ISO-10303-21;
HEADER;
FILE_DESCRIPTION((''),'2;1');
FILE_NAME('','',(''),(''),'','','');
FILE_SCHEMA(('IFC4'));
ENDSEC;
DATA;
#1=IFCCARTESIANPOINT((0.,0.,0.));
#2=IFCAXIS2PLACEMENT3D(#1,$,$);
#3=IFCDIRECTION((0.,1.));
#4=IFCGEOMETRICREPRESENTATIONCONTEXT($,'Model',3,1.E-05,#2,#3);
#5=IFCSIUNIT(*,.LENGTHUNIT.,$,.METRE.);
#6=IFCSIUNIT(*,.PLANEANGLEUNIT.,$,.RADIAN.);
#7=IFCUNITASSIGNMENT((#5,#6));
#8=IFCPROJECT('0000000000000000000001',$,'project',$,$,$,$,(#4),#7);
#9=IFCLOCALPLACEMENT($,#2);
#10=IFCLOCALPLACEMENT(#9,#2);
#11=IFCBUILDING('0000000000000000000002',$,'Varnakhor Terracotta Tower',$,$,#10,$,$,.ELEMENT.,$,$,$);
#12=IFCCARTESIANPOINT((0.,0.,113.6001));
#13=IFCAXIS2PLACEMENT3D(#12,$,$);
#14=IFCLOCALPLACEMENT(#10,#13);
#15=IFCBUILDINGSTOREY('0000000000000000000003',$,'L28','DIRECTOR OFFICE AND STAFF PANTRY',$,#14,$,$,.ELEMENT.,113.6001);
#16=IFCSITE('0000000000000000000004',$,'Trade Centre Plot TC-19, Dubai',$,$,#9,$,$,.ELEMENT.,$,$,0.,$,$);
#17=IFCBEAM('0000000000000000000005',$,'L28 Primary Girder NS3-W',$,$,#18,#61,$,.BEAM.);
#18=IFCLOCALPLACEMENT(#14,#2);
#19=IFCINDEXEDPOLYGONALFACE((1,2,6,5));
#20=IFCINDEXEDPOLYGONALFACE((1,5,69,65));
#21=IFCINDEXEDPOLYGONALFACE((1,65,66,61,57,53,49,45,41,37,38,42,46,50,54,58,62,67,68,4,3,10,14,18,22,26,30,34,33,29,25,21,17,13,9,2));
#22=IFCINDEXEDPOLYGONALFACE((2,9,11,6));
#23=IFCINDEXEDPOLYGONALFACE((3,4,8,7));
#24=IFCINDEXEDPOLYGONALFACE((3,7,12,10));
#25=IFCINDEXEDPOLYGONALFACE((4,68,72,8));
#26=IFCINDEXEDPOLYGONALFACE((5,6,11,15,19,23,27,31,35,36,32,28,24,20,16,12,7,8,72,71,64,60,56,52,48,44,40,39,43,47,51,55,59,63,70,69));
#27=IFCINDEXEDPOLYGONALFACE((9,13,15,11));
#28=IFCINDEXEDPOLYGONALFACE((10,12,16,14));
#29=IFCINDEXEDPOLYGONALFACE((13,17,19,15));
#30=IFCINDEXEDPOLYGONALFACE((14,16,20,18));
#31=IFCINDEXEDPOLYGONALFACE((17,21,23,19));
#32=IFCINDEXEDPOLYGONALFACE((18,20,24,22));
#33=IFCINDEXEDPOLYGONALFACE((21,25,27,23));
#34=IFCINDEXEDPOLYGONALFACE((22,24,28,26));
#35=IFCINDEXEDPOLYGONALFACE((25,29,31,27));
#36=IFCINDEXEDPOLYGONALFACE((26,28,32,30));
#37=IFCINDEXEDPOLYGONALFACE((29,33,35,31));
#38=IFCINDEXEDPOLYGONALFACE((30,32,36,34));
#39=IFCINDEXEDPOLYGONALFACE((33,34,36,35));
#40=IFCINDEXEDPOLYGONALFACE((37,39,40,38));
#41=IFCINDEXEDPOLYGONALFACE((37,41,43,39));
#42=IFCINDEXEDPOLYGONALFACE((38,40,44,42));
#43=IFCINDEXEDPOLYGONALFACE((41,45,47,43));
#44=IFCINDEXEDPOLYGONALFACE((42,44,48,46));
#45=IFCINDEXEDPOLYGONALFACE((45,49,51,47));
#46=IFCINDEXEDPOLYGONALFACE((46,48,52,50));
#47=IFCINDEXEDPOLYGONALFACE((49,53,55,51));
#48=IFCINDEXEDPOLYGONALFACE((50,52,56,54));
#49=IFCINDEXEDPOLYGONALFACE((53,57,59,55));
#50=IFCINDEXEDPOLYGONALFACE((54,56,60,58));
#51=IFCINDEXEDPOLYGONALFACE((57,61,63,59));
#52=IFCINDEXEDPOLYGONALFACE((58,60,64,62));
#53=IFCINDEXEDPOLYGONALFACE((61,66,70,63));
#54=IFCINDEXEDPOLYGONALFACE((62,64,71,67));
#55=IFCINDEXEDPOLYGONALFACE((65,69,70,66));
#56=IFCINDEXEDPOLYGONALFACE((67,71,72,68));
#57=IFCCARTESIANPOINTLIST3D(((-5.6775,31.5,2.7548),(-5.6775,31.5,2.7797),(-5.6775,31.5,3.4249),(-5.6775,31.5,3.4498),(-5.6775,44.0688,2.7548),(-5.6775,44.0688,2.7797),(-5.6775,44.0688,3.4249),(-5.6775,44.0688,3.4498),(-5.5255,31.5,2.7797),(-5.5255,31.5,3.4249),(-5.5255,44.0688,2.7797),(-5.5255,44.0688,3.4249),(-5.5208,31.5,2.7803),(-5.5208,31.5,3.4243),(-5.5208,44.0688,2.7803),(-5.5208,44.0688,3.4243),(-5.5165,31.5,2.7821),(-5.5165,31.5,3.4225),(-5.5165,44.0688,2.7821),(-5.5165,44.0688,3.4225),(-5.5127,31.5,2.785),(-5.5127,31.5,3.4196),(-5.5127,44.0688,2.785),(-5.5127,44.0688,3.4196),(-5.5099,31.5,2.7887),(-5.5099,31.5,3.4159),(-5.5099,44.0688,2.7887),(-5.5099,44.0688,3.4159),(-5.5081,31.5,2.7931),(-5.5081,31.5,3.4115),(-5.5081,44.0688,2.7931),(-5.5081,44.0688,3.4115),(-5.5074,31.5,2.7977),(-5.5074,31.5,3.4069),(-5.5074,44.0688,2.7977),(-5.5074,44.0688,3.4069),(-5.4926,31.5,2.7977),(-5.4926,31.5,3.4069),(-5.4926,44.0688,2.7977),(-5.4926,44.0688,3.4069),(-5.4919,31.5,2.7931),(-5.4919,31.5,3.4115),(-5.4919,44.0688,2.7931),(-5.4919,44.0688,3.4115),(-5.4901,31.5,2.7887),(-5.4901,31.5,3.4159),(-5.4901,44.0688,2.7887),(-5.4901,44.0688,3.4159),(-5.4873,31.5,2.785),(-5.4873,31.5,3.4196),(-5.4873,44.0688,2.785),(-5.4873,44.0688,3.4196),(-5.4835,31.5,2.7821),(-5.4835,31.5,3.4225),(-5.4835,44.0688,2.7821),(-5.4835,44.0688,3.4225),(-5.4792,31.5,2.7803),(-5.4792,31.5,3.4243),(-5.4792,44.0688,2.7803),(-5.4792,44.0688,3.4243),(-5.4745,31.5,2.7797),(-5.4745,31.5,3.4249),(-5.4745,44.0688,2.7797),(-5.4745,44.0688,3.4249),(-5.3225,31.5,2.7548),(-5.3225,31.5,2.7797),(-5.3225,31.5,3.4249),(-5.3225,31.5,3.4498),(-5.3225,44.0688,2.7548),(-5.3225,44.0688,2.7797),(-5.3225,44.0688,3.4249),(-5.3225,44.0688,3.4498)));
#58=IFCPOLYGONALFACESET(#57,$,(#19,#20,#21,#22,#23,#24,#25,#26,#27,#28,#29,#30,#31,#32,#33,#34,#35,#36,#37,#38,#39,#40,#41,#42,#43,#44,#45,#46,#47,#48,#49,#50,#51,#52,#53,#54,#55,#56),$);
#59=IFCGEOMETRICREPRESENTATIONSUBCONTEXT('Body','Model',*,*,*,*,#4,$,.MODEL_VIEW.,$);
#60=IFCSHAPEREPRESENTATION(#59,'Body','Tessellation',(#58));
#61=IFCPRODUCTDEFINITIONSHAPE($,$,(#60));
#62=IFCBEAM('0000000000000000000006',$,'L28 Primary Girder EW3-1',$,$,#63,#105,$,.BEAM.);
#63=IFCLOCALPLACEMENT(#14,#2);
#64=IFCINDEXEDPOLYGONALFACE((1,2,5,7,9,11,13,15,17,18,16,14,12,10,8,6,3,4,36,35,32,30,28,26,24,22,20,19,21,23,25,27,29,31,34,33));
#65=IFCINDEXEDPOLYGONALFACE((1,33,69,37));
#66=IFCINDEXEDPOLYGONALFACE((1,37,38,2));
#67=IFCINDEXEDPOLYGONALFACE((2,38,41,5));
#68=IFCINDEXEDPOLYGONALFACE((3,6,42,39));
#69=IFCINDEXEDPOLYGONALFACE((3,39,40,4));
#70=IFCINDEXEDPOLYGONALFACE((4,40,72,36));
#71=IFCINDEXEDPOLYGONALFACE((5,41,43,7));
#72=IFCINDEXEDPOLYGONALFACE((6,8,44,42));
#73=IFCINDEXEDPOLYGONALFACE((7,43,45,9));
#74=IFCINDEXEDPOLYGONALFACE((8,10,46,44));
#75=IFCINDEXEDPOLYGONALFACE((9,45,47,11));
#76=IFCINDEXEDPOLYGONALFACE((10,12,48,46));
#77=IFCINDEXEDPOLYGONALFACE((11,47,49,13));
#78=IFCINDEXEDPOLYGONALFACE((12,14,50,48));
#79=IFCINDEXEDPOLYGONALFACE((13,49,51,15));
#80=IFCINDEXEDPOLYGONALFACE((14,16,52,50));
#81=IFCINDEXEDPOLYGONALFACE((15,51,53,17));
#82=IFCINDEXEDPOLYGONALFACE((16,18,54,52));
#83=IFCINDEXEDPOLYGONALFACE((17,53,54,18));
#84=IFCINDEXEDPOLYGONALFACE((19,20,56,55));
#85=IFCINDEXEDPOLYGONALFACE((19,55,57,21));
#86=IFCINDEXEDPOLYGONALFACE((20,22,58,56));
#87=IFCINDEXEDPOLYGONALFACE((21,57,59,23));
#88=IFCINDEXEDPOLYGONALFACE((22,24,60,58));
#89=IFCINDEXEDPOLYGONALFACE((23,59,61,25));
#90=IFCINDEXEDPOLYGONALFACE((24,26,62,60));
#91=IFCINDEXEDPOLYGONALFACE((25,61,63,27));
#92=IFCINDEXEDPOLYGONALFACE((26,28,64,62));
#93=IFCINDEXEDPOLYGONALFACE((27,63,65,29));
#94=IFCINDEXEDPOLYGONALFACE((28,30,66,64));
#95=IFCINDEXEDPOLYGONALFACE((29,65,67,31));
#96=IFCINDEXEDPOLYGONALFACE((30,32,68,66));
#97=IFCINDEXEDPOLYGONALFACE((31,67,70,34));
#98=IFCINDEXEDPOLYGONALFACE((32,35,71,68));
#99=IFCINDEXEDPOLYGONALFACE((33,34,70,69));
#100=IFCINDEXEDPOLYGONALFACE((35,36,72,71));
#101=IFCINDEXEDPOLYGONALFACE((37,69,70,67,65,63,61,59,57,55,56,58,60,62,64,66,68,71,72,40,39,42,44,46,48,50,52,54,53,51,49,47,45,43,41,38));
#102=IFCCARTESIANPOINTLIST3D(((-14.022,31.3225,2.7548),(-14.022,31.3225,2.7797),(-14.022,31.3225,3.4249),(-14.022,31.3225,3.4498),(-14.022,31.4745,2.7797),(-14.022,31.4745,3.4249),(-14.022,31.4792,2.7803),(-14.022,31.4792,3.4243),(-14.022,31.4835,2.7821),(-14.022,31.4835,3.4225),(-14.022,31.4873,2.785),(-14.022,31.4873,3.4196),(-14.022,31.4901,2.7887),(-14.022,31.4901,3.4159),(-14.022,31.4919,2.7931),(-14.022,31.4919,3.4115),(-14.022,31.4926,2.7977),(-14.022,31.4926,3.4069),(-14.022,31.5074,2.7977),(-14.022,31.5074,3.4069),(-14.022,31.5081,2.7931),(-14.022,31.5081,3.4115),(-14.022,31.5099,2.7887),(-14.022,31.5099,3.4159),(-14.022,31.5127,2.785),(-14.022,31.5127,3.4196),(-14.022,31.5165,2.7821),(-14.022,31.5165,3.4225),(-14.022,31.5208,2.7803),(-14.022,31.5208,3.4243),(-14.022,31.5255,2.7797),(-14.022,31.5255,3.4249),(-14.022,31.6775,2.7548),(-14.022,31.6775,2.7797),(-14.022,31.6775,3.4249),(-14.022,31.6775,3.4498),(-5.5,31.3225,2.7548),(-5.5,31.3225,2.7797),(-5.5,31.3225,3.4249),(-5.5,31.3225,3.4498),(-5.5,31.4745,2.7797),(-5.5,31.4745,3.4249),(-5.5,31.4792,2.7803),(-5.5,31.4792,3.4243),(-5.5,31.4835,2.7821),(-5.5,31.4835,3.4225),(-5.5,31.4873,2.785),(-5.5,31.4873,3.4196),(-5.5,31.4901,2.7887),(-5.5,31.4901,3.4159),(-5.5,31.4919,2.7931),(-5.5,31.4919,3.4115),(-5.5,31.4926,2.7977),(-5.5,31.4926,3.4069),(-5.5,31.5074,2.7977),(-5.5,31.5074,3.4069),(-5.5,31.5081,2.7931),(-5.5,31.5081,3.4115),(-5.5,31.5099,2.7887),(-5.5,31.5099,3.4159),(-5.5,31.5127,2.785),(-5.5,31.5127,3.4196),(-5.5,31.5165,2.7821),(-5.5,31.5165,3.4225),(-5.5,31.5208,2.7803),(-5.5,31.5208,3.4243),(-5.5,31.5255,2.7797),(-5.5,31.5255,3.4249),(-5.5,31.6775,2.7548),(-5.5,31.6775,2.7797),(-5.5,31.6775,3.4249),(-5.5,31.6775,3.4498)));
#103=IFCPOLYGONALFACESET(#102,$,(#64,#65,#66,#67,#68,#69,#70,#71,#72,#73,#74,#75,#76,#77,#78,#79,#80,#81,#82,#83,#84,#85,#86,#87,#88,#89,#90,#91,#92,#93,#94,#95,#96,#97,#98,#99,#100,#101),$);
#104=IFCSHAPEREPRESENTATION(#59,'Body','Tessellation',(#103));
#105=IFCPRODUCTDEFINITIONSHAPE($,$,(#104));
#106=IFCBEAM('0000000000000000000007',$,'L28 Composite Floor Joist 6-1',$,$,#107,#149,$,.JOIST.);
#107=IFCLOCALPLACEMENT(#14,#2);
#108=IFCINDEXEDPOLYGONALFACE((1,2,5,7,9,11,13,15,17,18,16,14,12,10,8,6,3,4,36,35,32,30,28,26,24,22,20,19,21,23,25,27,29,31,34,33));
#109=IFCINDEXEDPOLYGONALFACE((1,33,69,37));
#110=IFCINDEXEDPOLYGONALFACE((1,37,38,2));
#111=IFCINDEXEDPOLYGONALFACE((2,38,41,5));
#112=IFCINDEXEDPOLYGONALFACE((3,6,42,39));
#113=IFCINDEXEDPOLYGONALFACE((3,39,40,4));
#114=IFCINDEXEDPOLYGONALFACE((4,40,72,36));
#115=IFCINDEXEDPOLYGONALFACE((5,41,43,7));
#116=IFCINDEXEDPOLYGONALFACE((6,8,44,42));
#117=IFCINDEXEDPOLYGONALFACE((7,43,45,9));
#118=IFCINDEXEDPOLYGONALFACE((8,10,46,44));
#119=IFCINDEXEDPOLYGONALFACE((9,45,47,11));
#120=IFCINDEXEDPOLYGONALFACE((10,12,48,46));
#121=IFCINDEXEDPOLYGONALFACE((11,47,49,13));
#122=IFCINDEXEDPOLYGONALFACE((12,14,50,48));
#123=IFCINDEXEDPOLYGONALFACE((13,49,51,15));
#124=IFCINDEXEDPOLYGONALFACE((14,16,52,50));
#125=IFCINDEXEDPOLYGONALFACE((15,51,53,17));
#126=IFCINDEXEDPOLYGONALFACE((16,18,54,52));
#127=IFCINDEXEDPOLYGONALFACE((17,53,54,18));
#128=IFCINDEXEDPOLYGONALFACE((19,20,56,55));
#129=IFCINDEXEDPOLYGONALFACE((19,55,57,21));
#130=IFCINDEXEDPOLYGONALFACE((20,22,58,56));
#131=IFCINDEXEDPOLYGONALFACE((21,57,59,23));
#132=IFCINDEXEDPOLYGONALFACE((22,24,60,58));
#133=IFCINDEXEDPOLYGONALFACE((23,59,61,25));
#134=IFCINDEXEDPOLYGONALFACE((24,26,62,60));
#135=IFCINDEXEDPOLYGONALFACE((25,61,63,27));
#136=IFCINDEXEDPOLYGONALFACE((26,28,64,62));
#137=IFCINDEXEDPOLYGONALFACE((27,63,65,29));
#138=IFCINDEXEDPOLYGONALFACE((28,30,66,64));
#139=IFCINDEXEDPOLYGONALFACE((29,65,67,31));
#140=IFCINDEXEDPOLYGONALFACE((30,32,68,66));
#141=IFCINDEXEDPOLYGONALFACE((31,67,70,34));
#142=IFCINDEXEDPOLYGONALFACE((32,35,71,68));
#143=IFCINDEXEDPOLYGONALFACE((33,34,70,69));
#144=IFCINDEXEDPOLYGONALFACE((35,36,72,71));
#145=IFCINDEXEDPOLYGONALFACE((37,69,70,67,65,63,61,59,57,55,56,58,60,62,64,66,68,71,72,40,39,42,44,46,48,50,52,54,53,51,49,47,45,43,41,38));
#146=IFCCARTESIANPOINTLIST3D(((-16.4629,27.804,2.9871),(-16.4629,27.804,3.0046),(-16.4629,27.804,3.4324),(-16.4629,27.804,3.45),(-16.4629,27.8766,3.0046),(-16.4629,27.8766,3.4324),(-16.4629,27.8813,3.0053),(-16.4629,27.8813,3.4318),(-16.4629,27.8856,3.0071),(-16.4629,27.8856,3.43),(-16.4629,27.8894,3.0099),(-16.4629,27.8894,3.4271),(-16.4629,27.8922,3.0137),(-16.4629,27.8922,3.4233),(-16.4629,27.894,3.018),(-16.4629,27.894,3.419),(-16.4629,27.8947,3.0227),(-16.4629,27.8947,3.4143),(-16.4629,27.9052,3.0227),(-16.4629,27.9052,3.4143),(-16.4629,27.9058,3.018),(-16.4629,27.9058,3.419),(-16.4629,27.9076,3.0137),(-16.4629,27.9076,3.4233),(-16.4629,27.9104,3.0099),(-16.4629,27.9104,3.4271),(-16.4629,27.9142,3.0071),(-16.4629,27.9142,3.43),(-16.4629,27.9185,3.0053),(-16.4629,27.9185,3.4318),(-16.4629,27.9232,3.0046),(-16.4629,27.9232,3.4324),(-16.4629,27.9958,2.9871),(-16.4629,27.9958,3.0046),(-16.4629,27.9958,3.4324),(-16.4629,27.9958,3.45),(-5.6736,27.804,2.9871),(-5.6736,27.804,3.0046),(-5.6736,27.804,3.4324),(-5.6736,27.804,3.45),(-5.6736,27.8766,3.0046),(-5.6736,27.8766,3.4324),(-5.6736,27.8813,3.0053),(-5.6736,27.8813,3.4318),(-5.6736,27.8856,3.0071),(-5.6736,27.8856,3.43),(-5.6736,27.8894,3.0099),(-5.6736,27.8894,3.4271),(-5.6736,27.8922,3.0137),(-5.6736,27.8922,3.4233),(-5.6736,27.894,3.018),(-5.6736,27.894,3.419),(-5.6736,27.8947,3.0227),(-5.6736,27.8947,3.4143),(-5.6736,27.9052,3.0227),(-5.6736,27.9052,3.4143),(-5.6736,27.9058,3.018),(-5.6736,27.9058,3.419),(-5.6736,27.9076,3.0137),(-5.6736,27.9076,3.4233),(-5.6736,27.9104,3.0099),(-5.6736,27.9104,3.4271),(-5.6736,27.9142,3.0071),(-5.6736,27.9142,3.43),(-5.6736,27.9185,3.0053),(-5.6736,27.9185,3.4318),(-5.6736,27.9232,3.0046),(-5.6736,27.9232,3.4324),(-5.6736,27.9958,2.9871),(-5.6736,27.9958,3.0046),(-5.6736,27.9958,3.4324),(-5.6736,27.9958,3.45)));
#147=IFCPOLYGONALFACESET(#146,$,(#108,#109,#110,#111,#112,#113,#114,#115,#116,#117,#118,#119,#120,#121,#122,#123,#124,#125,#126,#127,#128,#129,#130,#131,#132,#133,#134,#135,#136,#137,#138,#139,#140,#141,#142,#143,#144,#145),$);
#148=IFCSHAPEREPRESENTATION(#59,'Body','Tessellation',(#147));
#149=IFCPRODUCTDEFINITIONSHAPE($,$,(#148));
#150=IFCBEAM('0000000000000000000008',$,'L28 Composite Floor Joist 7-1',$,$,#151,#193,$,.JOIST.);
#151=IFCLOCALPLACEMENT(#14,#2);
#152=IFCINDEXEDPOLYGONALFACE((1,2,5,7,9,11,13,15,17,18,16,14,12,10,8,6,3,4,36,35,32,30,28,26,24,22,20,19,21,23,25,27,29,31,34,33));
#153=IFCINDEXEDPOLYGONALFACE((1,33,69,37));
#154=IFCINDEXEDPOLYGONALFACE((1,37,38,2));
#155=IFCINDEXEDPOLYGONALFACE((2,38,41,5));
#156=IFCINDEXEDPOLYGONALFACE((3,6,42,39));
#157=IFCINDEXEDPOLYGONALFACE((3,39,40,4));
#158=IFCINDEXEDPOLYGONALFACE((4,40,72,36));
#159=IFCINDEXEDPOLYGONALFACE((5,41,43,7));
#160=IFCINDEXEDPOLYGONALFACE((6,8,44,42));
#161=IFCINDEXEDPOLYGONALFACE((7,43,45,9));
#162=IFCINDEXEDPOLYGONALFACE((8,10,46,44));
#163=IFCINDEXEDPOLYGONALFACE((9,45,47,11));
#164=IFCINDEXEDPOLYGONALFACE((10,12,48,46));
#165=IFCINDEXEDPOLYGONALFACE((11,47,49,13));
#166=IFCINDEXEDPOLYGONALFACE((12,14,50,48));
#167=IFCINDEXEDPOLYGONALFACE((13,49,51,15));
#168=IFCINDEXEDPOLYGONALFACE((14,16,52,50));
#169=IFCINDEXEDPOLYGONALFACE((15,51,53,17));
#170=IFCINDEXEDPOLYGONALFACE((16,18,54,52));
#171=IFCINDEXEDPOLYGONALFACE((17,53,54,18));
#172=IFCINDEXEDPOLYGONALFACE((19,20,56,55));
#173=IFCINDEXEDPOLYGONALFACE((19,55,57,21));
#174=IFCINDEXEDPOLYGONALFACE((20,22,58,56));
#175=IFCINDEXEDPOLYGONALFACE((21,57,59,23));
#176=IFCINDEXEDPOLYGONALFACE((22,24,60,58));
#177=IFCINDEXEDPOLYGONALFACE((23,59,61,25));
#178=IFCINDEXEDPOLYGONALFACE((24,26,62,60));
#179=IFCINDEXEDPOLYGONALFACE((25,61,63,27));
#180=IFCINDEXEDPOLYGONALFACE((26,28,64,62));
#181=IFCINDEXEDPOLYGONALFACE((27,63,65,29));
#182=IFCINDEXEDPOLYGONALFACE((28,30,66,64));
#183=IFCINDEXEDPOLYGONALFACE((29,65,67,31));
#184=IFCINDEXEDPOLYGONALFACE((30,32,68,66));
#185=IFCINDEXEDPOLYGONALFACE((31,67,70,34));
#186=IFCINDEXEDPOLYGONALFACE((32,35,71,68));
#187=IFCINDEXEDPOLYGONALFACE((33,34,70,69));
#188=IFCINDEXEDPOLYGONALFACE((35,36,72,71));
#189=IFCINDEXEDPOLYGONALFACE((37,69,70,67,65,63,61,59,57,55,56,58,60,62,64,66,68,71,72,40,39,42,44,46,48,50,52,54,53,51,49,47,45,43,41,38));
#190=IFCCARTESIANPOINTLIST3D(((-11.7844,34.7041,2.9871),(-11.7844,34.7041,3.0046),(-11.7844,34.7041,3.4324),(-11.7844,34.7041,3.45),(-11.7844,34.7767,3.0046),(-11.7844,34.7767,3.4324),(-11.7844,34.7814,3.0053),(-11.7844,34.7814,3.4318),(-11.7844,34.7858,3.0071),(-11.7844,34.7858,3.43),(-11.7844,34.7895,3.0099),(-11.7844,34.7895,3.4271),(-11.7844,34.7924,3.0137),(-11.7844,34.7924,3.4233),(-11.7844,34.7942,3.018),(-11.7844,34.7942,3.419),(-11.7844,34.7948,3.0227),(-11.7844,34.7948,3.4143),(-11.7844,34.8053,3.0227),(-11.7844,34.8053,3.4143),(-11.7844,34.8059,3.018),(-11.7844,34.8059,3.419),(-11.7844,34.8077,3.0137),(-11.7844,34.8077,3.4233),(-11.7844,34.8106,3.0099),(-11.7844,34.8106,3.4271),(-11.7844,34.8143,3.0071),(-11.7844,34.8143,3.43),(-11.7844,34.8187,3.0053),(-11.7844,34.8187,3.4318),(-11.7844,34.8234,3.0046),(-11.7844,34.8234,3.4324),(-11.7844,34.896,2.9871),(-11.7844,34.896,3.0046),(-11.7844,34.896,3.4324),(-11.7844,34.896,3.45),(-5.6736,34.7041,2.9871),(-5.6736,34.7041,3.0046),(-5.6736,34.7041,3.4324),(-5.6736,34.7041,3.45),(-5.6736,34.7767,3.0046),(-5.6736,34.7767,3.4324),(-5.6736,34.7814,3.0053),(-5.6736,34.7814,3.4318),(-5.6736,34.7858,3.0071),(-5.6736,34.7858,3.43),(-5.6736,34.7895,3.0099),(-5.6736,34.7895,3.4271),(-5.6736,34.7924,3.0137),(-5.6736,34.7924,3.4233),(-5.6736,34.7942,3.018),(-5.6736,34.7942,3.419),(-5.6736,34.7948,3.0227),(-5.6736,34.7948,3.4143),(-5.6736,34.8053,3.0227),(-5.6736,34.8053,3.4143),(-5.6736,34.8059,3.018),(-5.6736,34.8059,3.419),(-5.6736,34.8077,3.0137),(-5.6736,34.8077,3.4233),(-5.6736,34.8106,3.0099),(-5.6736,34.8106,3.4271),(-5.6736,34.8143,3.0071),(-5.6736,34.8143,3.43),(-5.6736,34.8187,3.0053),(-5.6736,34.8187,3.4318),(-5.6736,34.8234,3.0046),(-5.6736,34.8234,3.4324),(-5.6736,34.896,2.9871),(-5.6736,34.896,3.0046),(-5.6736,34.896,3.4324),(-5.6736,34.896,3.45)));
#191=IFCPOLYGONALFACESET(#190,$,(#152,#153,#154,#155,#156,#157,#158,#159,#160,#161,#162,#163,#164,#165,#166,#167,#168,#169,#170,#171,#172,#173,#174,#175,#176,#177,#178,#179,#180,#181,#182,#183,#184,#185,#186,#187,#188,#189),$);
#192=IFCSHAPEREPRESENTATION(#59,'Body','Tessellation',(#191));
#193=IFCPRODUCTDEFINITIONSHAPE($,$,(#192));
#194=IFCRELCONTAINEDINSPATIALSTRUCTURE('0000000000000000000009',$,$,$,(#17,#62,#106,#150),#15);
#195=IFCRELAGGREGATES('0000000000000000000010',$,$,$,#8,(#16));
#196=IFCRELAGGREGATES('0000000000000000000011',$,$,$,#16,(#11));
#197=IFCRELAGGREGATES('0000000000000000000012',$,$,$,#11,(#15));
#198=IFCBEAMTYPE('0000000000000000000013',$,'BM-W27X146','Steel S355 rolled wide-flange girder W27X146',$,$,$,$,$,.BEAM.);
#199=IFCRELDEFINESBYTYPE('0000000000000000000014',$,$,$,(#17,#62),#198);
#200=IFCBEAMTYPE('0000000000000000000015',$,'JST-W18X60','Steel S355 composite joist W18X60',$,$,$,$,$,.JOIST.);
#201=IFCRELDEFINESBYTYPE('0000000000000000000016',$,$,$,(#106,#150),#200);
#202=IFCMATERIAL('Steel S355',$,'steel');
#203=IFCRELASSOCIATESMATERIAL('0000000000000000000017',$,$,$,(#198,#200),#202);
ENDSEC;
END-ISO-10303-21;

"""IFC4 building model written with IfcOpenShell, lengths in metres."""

from ifc_helpers import new_model, si_unit, direction, frame, origin, origin_2d, place, context, subcontext, project, spatial, i_section, extrude, source, transform, mapped, material, material_profile, profile_set, type_object, element, save


model = new_model("IFC4")

# Units and contexts
model_context = context("Model", 3, precision=1e-05, world=origin(), true_north=direction((0.0, 1.0)))
body_context = subcontext(model_context, "Body", "Model", "MODEL_VIEW")
ifc_project = project(units=[si_unit("LENGTHUNIT", "METRE"), si_unit("PLANEANGLEUNIT", "RADIAN")], contexts=[model_context])

# Site, building, storey
site_placement = place(None, origin())
site = spatial("IfcSite", under=ifc_project, at=site_placement, Name="Trade Centre Plot TC-19, Dubai", CompositionType="ELEMENT", RefElevation=0.0)
building_placement = place(site_placement, origin())
building = spatial("IfcBuilding", under=site, at=building_placement, Name="Varnakhor Terracotta Tower", CompositionType="ELEMENT")
storey_placement = place(building_placement, frame((0.0, 0.0, 113.6001)))
storey = spatial("IfcBuildingStorey", under=building, at=storey_placement, Name="L28", Description="DIRECTOR OFFICE AND STAFF PANTRY", CompositionType="ELEMENT", Elevation=113.6001)

# Beams
ifc_material_1 = material(Name="Steel S355", Category="steel")
ifc_material_profile_1 = material_profile(ifc_material_1, i_section(OverallWidth=0.355, OverallDepth=0.6951, WebThickness=0.0149, FlangeThickness=0.0249, FilletRadius=0.0181, at=origin_2d()), Name="W27X146")
ifc_profile_set_1 = profile_set([ifc_material_profile_1], Name="Steel S355")
beam_type_1 = type_object("IfcBeamType", Name="BM-W27X146", Description="Steel S355 rolled wide-flange girder W27X146", PredefinedType="BEAM", material=ifc_profile_set_1)
ifc_material_profile_2 = material_profile(ifc_material_1, i_section(OverallWidth=0.1919, OverallDepth=0.4629, WebThickness=0.0105, FlangeThickness=0.0176, FilletRadius=0.0181, at=origin_2d()), Name="W18X60")
ifc_profile_set_2 = profile_set([ifc_material_profile_2], Name="Steel S355")
beam_type_2 = type_object("IfcBeamType", Name="JST-W18X60", Description="Steel S355 composite joist W18X60", PredefinedType="JOIST", material=ifc_profile_set_2)
shared_shape_1 = source(origin(), body_context, "Body", "SweptSolid", [
    extrude(i_section(OverallWidth=0.355, OverallDepth=0.6951, WebThickness=0.0149, FlangeThickness=0.0249, FilletRadius=0.0181, at=origin_2d()), origin(), (0.0, 0.0, 1.0), 12.5688),
])
beam_1_placement = place(storey_placement, frame((-5.5, 31.5, 3.1023), z_axis=(0.0, 1.0, 0.0), x_axis=(-1.0, 0.0, 0.0)))
element("IfcBeam", 1, at=beam_1_placement, inside=storey, type_object=beam_type_1, Name="L28 Primary Girder NS3-W", PredefinedType="BEAM", context=body_context, shape_type="MappedRepresentation", body=[
    mapped(shared_shape_1, transform((0.0, 0.0, 0.0), scale=1.0)),
])
shared_shape_2 = source(origin(), body_context, "Body", "SweptSolid", [
    extrude(i_section(OverallWidth=0.355, OverallDepth=0.6951, WebThickness=0.0149, FlangeThickness=0.0249, FilletRadius=0.0181, at=origin_2d()), origin(), (0.0, 0.0, 1.0), 8.522),
])
beam_2_placement = place(storey_placement, frame((-14.022, 31.5, 3.1023), z_axis=(1.0, 0.0, 0.0), x_axis=(0.0, 1.0, 0.0)))
element("IfcBeam", 2, at=beam_2_placement, inside=storey, type_object=beam_type_1, Name="L28 Primary Girder EW3-1", PredefinedType="BEAM", context=body_context, shape_type="MappedRepresentation", body=[
    mapped(shared_shape_2, transform((0.0, 0.0, 0.0), scale=1.0)),
])
shared_shape_3 = source(origin(), body_context, "Body", "SweptSolid", [
    extrude(i_section(OverallWidth=0.1919, OverallDepth=0.4629, WebThickness=0.0105, FlangeThickness=0.0176, FilletRadius=0.0181, at=origin_2d()), origin(), (0.0, 0.0, 1.0), 10.7893),
])
beam_3_placement = place(storey_placement, frame((-16.4629, 27.8999, 3.2185), z_axis=(1.0, 0.0, 0.0), x_axis=(0.0, 1.0, 0.0)))
element("IfcBeam", 3, at=beam_3_placement, inside=storey, type_object=beam_type_2, Name="L28 Composite Floor Joist 6-1", PredefinedType="JOIST", context=body_context, shape_type="MappedRepresentation", body=[
    mapped(shared_shape_3, transform((0.0, 0.0, 0.0), scale=1.0)),
])
shared_shape_4 = source(origin(), body_context, "Body", "SweptSolid", [
    extrude(i_section(OverallWidth=0.1919, OverallDepth=0.4629, WebThickness=0.0105, FlangeThickness=0.0176, FilletRadius=0.0181, at=origin_2d()), origin(), (0.0, 0.0, 1.0), 6.1108),
])
beam_4_placement = place(storey_placement, frame((-11.7844, 34.8, 3.2185), z_axis=(1.0, 0.0, 0.0), x_axis=(0.0, 1.0, 0.0)))
element("IfcBeam", 4, at=beam_4_placement, inside=storey, type_object=beam_type_2, Name="L28 Composite Floor Joist 7-1", PredefinedType="JOIST", context=body_context, shape_type="MappedRepresentation", body=[
    mapped(shared_shape_4, transform((0.0, 0.0, 0.0), scale=1.0)),
])

save(model, "model.ifc")
